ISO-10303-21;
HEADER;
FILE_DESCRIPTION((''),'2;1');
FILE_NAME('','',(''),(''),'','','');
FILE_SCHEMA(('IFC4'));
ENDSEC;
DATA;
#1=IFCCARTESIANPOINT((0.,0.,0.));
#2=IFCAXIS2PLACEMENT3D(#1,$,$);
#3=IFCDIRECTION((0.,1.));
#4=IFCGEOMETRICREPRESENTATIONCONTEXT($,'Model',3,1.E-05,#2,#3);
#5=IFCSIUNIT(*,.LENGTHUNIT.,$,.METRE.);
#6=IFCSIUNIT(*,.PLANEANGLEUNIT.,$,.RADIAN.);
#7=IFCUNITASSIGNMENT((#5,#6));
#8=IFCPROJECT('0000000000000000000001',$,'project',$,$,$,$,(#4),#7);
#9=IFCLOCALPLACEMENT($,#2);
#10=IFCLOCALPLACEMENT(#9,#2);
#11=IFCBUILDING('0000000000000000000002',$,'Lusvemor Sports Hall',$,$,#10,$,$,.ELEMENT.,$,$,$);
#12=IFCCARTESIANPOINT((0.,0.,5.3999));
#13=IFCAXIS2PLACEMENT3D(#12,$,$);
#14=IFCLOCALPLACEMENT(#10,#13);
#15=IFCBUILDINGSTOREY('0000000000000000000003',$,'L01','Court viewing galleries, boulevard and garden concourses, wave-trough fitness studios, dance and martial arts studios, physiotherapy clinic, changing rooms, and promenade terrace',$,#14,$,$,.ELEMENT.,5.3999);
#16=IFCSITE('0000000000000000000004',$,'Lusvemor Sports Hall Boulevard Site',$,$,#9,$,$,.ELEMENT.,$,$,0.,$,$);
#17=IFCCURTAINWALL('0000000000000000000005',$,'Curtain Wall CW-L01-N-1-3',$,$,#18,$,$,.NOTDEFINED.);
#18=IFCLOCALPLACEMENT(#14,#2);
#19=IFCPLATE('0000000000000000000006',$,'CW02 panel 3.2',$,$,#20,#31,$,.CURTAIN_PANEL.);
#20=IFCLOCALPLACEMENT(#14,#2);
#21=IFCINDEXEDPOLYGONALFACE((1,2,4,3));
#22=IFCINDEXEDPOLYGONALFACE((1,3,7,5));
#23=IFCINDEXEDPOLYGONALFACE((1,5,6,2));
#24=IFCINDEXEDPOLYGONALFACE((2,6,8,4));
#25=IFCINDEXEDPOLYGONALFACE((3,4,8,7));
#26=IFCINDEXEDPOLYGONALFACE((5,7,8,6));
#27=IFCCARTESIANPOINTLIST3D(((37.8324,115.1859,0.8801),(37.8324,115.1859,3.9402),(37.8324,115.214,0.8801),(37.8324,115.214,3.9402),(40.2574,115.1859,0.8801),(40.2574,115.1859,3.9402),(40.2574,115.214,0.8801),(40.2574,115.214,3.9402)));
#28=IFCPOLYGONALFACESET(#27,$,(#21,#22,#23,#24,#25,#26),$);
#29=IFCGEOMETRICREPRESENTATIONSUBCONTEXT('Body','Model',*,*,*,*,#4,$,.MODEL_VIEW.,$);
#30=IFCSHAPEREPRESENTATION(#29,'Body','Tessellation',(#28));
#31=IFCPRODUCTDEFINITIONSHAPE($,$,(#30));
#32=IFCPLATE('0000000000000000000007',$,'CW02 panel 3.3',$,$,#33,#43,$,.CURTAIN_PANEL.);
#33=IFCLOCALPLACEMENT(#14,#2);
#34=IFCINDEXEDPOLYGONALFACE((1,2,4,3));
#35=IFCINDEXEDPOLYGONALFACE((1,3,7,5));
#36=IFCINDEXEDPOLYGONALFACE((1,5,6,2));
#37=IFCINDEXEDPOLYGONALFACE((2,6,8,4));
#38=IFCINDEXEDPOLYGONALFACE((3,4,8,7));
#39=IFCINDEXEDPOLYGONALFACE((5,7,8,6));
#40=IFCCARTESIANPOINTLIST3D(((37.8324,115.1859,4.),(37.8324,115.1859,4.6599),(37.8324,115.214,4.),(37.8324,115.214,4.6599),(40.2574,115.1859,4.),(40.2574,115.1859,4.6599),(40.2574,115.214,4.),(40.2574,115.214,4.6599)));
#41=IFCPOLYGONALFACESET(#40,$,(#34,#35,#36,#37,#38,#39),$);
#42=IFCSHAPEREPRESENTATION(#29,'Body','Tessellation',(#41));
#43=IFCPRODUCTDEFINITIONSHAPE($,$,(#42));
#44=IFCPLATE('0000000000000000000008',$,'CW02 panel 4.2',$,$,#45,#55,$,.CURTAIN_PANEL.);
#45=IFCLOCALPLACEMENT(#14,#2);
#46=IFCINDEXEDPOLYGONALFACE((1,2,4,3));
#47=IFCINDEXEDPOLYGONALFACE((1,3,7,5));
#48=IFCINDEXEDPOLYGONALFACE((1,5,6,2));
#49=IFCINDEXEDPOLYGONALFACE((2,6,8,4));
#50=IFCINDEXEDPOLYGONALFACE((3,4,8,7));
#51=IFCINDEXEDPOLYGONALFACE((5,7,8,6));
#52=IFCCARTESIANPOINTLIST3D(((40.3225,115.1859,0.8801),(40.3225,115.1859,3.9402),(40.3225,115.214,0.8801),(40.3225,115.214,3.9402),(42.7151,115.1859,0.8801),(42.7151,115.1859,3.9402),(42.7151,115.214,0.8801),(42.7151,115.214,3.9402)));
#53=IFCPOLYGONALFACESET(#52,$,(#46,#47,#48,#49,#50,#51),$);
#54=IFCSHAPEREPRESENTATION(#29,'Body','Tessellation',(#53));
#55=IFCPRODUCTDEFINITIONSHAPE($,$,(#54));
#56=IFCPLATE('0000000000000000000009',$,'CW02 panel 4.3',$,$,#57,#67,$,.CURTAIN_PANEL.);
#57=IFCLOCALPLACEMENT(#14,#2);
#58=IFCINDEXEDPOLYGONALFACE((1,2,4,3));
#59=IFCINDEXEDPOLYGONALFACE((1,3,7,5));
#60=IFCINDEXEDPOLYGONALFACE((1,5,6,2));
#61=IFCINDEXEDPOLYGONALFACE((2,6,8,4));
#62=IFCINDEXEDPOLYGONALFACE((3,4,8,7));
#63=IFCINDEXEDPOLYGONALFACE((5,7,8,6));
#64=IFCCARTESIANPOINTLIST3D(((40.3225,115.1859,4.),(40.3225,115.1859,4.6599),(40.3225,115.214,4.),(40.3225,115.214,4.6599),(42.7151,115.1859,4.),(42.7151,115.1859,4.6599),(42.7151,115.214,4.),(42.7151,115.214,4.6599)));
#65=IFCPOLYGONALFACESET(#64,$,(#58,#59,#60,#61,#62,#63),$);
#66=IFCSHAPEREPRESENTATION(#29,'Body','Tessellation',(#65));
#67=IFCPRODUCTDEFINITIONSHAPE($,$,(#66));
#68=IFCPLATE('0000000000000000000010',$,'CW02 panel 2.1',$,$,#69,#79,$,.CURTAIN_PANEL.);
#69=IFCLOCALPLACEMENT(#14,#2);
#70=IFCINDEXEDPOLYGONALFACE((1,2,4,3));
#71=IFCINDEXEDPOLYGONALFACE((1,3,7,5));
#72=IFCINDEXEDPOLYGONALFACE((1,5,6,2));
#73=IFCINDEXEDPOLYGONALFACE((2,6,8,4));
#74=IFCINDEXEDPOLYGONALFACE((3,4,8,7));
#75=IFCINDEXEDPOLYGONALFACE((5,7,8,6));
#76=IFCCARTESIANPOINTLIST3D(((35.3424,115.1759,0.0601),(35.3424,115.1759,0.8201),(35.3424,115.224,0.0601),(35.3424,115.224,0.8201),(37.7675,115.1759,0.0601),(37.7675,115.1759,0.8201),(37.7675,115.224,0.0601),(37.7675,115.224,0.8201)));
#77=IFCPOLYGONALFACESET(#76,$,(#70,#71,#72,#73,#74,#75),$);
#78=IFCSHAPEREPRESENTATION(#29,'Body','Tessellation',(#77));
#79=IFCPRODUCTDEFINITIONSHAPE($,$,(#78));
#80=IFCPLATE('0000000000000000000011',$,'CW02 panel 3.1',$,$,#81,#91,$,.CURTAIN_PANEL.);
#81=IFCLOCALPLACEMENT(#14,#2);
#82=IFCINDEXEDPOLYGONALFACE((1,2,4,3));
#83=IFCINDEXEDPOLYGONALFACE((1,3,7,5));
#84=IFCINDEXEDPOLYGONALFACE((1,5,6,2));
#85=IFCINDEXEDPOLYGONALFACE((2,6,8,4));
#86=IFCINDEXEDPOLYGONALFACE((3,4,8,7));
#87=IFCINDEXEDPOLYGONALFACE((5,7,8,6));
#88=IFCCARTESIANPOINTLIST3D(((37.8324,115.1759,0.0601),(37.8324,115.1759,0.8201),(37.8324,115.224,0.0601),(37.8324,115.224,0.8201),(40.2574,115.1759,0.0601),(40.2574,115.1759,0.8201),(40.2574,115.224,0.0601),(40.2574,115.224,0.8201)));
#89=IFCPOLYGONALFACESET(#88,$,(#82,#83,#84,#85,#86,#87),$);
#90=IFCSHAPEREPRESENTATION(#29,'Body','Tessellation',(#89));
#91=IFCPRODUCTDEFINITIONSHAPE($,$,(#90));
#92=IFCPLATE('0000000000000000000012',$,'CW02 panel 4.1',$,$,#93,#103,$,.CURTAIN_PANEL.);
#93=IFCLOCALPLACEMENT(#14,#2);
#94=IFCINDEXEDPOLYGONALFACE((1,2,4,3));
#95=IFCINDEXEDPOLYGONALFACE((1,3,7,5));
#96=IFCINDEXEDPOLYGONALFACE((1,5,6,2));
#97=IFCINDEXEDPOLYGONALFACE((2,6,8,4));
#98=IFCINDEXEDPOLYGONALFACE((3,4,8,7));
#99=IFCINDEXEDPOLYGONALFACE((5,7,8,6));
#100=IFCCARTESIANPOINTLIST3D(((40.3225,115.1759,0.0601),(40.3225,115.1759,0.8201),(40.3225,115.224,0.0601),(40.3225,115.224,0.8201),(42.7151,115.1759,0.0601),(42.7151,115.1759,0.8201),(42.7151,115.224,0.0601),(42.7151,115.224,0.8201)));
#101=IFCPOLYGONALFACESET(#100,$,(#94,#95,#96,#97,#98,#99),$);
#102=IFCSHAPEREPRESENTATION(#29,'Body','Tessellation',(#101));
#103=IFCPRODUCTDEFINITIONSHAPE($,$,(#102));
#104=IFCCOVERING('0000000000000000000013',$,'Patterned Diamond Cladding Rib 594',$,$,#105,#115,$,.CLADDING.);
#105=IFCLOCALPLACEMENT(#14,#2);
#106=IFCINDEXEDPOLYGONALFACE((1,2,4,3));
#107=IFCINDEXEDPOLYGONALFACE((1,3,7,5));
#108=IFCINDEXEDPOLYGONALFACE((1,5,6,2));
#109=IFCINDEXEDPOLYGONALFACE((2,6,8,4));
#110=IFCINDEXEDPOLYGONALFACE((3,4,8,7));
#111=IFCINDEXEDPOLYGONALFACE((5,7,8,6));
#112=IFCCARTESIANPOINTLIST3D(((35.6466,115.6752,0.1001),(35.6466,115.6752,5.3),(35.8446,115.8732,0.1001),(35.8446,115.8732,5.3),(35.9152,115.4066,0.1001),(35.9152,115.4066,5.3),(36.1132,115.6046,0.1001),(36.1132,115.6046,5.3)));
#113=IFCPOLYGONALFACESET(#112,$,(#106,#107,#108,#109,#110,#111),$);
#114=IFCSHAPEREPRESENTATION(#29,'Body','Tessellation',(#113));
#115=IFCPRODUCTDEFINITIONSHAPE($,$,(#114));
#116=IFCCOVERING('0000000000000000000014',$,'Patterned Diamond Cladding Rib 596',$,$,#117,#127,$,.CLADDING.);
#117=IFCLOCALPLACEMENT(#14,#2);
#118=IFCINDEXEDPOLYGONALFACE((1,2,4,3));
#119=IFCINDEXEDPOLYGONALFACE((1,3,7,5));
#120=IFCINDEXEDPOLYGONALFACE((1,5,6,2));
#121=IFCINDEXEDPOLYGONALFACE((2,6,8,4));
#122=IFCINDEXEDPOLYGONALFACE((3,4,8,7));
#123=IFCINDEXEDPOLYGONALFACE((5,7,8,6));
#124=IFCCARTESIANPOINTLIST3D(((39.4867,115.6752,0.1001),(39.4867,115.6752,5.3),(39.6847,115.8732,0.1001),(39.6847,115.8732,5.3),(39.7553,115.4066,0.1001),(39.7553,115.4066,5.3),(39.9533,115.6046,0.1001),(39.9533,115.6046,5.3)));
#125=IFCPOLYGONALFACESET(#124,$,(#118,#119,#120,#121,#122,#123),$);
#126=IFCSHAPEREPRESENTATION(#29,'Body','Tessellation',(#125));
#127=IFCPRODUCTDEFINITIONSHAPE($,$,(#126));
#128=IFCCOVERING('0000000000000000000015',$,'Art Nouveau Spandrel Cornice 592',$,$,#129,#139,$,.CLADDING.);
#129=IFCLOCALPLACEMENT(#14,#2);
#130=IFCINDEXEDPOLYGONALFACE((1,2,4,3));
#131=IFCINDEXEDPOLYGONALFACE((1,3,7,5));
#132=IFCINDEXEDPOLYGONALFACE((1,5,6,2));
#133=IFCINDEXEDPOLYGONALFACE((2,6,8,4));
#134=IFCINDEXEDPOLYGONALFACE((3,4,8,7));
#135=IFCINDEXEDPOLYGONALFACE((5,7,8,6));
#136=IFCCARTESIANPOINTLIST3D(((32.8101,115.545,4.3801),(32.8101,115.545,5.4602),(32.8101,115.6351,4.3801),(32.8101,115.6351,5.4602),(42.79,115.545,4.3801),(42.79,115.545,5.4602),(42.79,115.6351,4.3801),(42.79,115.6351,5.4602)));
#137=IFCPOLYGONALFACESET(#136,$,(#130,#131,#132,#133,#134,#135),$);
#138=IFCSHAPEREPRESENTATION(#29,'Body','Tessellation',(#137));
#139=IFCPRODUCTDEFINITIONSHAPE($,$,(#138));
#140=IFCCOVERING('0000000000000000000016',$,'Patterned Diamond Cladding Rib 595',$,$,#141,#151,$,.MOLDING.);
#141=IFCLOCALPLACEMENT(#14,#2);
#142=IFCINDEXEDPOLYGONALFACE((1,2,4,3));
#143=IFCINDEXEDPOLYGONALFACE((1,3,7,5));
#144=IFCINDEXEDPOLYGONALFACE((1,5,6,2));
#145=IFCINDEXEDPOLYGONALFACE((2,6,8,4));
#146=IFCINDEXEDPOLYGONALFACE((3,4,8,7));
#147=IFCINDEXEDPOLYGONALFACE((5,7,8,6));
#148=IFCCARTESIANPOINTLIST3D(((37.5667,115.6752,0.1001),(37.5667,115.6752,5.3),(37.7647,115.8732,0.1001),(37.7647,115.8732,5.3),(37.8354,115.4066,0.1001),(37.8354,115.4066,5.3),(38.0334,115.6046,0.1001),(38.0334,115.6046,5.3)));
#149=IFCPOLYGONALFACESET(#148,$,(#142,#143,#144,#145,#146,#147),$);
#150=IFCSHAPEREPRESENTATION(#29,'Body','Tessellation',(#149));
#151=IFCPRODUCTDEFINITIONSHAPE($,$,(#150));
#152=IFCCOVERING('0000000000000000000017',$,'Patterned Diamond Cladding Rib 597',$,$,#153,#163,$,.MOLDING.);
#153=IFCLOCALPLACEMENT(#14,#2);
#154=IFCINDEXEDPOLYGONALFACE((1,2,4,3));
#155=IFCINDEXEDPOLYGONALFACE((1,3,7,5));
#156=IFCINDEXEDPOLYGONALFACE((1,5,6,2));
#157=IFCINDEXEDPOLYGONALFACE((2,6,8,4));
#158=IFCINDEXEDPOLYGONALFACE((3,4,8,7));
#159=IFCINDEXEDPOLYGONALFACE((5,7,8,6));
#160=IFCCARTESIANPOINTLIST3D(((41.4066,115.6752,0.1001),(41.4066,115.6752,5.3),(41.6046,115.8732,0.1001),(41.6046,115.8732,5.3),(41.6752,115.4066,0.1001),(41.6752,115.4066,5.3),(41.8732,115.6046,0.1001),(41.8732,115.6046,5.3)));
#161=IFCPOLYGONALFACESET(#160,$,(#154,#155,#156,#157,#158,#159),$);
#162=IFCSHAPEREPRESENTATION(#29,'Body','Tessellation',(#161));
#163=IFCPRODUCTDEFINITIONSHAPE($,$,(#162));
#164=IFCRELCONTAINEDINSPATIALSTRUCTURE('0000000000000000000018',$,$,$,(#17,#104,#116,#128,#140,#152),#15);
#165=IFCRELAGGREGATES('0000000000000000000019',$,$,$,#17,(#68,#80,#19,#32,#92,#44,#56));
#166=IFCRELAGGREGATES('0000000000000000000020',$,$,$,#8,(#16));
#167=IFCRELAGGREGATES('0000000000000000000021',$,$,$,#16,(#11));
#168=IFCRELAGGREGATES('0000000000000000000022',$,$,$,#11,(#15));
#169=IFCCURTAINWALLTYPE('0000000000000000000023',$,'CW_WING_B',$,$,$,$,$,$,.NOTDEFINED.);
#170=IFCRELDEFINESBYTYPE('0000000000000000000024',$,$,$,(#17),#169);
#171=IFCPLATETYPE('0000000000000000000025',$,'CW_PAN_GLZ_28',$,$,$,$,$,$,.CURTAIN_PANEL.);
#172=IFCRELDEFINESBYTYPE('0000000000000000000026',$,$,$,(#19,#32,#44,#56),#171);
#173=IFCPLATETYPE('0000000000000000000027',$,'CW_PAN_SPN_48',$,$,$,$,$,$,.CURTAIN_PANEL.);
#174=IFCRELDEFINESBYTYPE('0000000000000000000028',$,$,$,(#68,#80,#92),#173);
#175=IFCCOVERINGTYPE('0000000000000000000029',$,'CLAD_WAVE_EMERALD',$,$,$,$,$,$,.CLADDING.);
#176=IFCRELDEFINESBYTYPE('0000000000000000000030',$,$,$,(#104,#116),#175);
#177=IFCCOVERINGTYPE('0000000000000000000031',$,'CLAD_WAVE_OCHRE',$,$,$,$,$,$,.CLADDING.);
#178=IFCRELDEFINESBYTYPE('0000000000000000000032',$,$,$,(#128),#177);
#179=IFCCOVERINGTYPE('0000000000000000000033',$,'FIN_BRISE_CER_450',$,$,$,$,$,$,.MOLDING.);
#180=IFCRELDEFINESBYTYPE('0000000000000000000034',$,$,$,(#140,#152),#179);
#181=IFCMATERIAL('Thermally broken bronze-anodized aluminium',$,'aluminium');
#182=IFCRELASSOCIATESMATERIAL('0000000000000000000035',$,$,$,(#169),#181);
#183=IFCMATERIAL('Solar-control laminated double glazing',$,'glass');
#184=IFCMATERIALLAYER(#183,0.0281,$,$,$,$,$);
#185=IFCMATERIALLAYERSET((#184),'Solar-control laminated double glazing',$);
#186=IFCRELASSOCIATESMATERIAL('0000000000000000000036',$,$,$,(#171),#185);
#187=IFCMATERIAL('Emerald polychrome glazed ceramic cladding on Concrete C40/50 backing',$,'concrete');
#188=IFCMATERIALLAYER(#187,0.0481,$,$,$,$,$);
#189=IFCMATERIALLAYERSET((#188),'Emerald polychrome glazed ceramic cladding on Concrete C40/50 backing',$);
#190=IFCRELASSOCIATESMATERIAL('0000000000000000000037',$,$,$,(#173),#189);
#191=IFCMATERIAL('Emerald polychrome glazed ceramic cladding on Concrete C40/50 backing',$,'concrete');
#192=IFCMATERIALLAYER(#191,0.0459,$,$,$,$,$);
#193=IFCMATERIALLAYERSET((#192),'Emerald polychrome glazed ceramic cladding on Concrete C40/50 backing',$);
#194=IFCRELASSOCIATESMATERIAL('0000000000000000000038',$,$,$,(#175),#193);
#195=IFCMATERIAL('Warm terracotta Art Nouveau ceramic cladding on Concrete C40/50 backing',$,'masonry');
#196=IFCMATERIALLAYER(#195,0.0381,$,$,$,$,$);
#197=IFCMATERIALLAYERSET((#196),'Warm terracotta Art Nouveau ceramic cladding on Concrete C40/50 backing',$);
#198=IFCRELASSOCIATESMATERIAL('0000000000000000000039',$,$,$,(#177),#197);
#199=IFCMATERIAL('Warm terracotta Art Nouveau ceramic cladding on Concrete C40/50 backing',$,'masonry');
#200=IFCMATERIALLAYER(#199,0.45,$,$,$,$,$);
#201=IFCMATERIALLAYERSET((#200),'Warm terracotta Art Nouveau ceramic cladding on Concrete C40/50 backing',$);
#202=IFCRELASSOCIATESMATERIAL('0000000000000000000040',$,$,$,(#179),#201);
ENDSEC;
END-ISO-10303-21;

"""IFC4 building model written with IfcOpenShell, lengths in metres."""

from ifc_helpers import new_model, si_unit, direction, frame, origin, origin_2d, place, context, subcontext, project, spatial, rectangle, extrude, material, layer, layer_set, type_object, element, aggregate, save


model = new_model("IFC4")

# Units and contexts
model_context = context("Model", 3, precision=1e-05, world=origin(), true_north=direction((0.0, 1.0)))
body_context = subcontext(model_context, "Body", "Model", "MODEL_VIEW")
ifc_project = project(units=[si_unit("LENGTHUNIT", "METRE"), si_unit("PLANEANGLEUNIT", "RADIAN")], contexts=[model_context])

# Site, building, storey
site_placement = place(None, origin())
site = spatial("IfcSite", under=ifc_project, at=site_placement, Name="Lusvemor Sports Hall Boulevard Site", CompositionType="ELEMENT", RefElevation=0.0)
building_placement = place(site_placement, origin())
building = spatial("IfcBuilding", under=site, at=building_placement, Name="Lusvemor Sports Hall", CompositionType="ELEMENT")
storey_placement = place(building_placement, frame((0.0, 0.0, 5.3999)))
storey = spatial("IfcBuildingStorey", under=building, at=storey_placement, Name="L01", Description="Court viewing galleries, boulevard and garden concourses, wave-trough fitness studios, dance and martial arts studios, physiotherapy clinic, changing rooms, and promenade terrace", CompositionType="ELEMENT", Elevation=5.3999)

# Curtain wall
ifc_material_1 = material(Name="Thermally broken bronze-anodized aluminium", Category="aluminium")
curtain_wall_type = type_object("IfcCurtainWallType", Name="CW_WING_B", PredefinedType="NOTDEFINED", material=ifc_material_1)
curtain_wall_placement = place(storey_placement, origin())
curtain_wall = element("IfcCurtainWall", 1, at=curtain_wall_placement, inside=storey, type_object=curtain_wall_type, Name="Curtain Wall CW-L01-N-1-3", PredefinedType="NOTDEFINED")

# Plates
ifc_material_2 = material(Name="Solar-control laminated double glazing", Category="glass")
ifc_layer_1 = layer(ifc_material_2, 0.0281)
ifc_layer_set_1 = layer_set([ifc_layer_1], Name="Solar-control laminated double glazing")
plate_type_1 = type_object("IfcPlateType", Name="CW_PAN_GLZ_28", PredefinedType="CURTAIN_PANEL", material=ifc_layer_set_1)
plate_1_placement = place(storey_placement, frame((39.0449, 115.2, 0.8801), z_axis=(0.0, 0.0, 1.0), x_axis=(1.0, 0.0, 0.0)))
plate_1 = element("IfcPlate", 2, at=plate_1_placement, type_object=plate_type_1, Name="CW02 panel 3.2", PredefinedType="CURTAIN_PANEL", context=body_context, shape_type="SweptSolid", body=[
    extrude(rectangle(XDim=2.425, YDim=0.0281, at=origin_2d()), origin(), (0.0, 0.0, 1.0), 3.0601),
])
plate_2_placement = place(storey_placement, frame((39.0449, 115.2, 4.0), z_axis=(0.0, 0.0, 1.0), x_axis=(1.0, 0.0, 0.0)))
plate_2 = element("IfcPlate", 3, at=plate_2_placement, type_object=plate_type_1, Name="CW02 panel 3.3", PredefinedType="CURTAIN_PANEL", context=body_context, shape_type="SweptSolid", body=[
    extrude(rectangle(XDim=2.425, YDim=0.0281, at=origin_2d()), origin(), (0.0, 0.0, 1.0), 0.6599),
])
plate_3_placement = place(storey_placement, frame((41.5188, 115.2, 0.8801), z_axis=(0.0, 0.0, 1.0), x_axis=(1.0, 0.0, 0.0)))
plate_3 = element("IfcPlate", 4, at=plate_3_placement, type_object=plate_type_1, Name="CW02 panel 4.2", PredefinedType="CURTAIN_PANEL", context=body_context, shape_type="SweptSolid", body=[
    extrude(rectangle(XDim=2.3926, YDim=0.0281, at=origin_2d()), origin(), (0.0, 0.0, 1.0), 3.0601),
])
plate_4_placement = place(storey_placement, frame((41.5188, 115.2, 4.0), z_axis=(0.0, 0.0, 1.0), x_axis=(1.0, 0.0, 0.0)))
plate_4 = element("IfcPlate", 5, at=plate_4_placement, type_object=plate_type_1, Name="CW02 panel 4.3", PredefinedType="CURTAIN_PANEL", context=body_context, shape_type="SweptSolid", body=[
    extrude(rectangle(XDim=2.3926, YDim=0.0281, at=origin_2d()), origin(), (0.0, 0.0, 1.0), 0.6599),
])
ifc_material_3 = material(Name="Emerald polychrome glazed ceramic cladding on Concrete C40/50 backing", Category="concrete")
ifc_layer_2 = layer(ifc_material_3, 0.0481)
ifc_layer_set_2 = layer_set([ifc_layer_2], Name="Emerald polychrome glazed ceramic cladding on Concrete C40/50 backing")
plate_type_2 = type_object("IfcPlateType", Name="CW_PAN_SPN_48", PredefinedType="CURTAIN_PANEL", material=ifc_layer_set_2)
plate_5_placement = place(storey_placement, frame((36.5549, 115.2, 0.0601), z_axis=(0.0, 0.0, 1.0), x_axis=(1.0, 0.0, 0.0)))
plate_5 = element("IfcPlate", 6, at=plate_5_placement, type_object=plate_type_2, Name="CW02 panel 2.1", PredefinedType="CURTAIN_PANEL", context=body_context, shape_type="SweptSolid", body=[
    extrude(rectangle(XDim=2.425, YDim=0.0481, at=origin_2d()), origin(), (0.0, 0.0, 1.0), 0.76),
])
plate_6_placement = place(storey_placement, frame((39.0449, 115.2, 0.0601), z_axis=(0.0, 0.0, 1.0), x_axis=(1.0, 0.0, 0.0)))
plate_6 = element("IfcPlate", 7, at=plate_6_placement, type_object=plate_type_2, Name="CW02 panel 3.1", PredefinedType="CURTAIN_PANEL", context=body_context, shape_type="SweptSolid", body=[
    extrude(rectangle(XDim=2.425, YDim=0.0481, at=origin_2d()), origin(), (0.0, 0.0, 1.0), 0.76),
])
plate_7_placement = place(storey_placement, frame((41.5188, 115.2, 0.0601), z_axis=(0.0, 0.0, 1.0), x_axis=(1.0, 0.0, 0.0)))
plate_7 = element("IfcPlate", 8, at=plate_7_placement, type_object=plate_type_2, Name="CW02 panel 4.1", PredefinedType="CURTAIN_PANEL", context=body_context, shape_type="SweptSolid", body=[
    extrude(rectangle(XDim=2.3926, YDim=0.0481, at=origin_2d()), origin(), (0.0, 0.0, 1.0), 0.76),
])
aggregate(curtain_wall, [plate_5, plate_6, plate_1, plate_2, plate_7, plate_3, plate_4])

# Coverings
ifc_material_4 = material(Name="Emerald polychrome glazed ceramic cladding on Concrete C40/50 backing", Category="concrete")
ifc_layer_3 = layer(ifc_material_4, 0.0459)
ifc_layer_set_3 = layer_set([ifc_layer_3], Name="Emerald polychrome glazed ceramic cladding on Concrete C40/50 backing")
covering_type_1 = type_object("IfcCoveringType", Name="CLAD_WAVE_EMERALD", PredefinedType="CLADDING", material=ifc_layer_set_3)
for number, where, z_axis, x_axis, name in (
    (9, (35.8799, 115.6399, 0.1001), (0.0, 0.0, 1.0), (0.707107, 0.707107, 0.0), "Patterned Diamond Cladding Rib 594"),
    (10, (39.72, 115.6399, 0.1001), (0.0, 0.0, 1.0), (0.707107, 0.707107, 0.0), "Patterned Diamond Cladding Rib 596"),
):
    element("IfcCovering", number, at=place(storey_placement, frame(where, z_axis=z_axis, x_axis=x_axis)), inside=storey, type_object=covering_type_1, Name=name, PredefinedType="CLADDING", context=body_context, shape_type="SweptSolid", body=[
        extrude(rectangle(XDim=0.28, YDim=0.3799, at=origin_2d()), origin(), (0.0, 0.0, 1.0), 5.2),
    ])
ifc_material_5 = material(Name="Warm terracotta Art Nouveau ceramic cladding on Concrete C40/50 backing", Category="masonry")
ifc_layer_4 = layer(ifc_material_5, 0.0381)
ifc_layer_set_4 = layer_set([ifc_layer_4], Name="Warm terracotta Art Nouveau ceramic cladding on Concrete C40/50 backing")
covering_type_2 = type_object("IfcCoveringType", Name="CLAD_WAVE_OCHRE", PredefinedType="CLADDING", material=ifc_layer_set_4)
covering_placement = place(storey_placement, frame((37.8, 115.5901, 4.3801), z_axis=(0.0, 0.0, 1.0), x_axis=(1.0, 0.0, 0.0)))
element("IfcCovering", 11, at=covering_placement, inside=storey, type_object=covering_type_2, Name="Art Nouveau Spandrel Cornice 592", PredefinedType="CLADDING", context=body_context, shape_type="SweptSolid", body=[
    extrude(rectangle(XDim=9.98, YDim=0.0901, at=origin_2d()), origin(), (0.0, 0.0, 1.0), 1.0801),
])
ifc_material_6 = material(Name="Warm terracotta Art Nouveau ceramic cladding on Concrete C40/50 backing", Category="masonry")
ifc_layer_5 = layer(ifc_material_6, 0.45)
ifc_layer_set_5 = layer_set([ifc_layer_5], Name="Warm terracotta Art Nouveau ceramic cladding on Concrete C40/50 backing")
covering_type_3 = type_object("IfcCoveringType", Name="FIN_BRISE_CER_450", PredefinedType="MOLDING", material=ifc_layer_set_5)
for number, where, z_axis, x_axis, name in (
    (12, (37.8, 115.6399, 0.1001), (0.0, 0.0, 1.0), (0.707107, 0.707107, 0.0), "Patterned Diamond Cladding Rib 595"),
    (13, (41.6399, 115.6399, 0.1001), (0.0, 0.0, 1.0), (0.707107, 0.707107, 0.0), "Patterned Diamond Cladding Rib 597"),
):
    element("IfcCovering", number, at=place(storey_placement, frame(where, z_axis=z_axis, x_axis=x_axis)), inside=storey, type_object=covering_type_3, Name=name, PredefinedType="MOLDING", context=body_context, shape_type="SweptSolid", body=[
        extrude(rectangle(XDim=0.28, YDim=0.3799, at=origin_2d()), origin(), (0.0, 0.0, 1.0), 5.2),
    ])

save(model, "model.ifc")
